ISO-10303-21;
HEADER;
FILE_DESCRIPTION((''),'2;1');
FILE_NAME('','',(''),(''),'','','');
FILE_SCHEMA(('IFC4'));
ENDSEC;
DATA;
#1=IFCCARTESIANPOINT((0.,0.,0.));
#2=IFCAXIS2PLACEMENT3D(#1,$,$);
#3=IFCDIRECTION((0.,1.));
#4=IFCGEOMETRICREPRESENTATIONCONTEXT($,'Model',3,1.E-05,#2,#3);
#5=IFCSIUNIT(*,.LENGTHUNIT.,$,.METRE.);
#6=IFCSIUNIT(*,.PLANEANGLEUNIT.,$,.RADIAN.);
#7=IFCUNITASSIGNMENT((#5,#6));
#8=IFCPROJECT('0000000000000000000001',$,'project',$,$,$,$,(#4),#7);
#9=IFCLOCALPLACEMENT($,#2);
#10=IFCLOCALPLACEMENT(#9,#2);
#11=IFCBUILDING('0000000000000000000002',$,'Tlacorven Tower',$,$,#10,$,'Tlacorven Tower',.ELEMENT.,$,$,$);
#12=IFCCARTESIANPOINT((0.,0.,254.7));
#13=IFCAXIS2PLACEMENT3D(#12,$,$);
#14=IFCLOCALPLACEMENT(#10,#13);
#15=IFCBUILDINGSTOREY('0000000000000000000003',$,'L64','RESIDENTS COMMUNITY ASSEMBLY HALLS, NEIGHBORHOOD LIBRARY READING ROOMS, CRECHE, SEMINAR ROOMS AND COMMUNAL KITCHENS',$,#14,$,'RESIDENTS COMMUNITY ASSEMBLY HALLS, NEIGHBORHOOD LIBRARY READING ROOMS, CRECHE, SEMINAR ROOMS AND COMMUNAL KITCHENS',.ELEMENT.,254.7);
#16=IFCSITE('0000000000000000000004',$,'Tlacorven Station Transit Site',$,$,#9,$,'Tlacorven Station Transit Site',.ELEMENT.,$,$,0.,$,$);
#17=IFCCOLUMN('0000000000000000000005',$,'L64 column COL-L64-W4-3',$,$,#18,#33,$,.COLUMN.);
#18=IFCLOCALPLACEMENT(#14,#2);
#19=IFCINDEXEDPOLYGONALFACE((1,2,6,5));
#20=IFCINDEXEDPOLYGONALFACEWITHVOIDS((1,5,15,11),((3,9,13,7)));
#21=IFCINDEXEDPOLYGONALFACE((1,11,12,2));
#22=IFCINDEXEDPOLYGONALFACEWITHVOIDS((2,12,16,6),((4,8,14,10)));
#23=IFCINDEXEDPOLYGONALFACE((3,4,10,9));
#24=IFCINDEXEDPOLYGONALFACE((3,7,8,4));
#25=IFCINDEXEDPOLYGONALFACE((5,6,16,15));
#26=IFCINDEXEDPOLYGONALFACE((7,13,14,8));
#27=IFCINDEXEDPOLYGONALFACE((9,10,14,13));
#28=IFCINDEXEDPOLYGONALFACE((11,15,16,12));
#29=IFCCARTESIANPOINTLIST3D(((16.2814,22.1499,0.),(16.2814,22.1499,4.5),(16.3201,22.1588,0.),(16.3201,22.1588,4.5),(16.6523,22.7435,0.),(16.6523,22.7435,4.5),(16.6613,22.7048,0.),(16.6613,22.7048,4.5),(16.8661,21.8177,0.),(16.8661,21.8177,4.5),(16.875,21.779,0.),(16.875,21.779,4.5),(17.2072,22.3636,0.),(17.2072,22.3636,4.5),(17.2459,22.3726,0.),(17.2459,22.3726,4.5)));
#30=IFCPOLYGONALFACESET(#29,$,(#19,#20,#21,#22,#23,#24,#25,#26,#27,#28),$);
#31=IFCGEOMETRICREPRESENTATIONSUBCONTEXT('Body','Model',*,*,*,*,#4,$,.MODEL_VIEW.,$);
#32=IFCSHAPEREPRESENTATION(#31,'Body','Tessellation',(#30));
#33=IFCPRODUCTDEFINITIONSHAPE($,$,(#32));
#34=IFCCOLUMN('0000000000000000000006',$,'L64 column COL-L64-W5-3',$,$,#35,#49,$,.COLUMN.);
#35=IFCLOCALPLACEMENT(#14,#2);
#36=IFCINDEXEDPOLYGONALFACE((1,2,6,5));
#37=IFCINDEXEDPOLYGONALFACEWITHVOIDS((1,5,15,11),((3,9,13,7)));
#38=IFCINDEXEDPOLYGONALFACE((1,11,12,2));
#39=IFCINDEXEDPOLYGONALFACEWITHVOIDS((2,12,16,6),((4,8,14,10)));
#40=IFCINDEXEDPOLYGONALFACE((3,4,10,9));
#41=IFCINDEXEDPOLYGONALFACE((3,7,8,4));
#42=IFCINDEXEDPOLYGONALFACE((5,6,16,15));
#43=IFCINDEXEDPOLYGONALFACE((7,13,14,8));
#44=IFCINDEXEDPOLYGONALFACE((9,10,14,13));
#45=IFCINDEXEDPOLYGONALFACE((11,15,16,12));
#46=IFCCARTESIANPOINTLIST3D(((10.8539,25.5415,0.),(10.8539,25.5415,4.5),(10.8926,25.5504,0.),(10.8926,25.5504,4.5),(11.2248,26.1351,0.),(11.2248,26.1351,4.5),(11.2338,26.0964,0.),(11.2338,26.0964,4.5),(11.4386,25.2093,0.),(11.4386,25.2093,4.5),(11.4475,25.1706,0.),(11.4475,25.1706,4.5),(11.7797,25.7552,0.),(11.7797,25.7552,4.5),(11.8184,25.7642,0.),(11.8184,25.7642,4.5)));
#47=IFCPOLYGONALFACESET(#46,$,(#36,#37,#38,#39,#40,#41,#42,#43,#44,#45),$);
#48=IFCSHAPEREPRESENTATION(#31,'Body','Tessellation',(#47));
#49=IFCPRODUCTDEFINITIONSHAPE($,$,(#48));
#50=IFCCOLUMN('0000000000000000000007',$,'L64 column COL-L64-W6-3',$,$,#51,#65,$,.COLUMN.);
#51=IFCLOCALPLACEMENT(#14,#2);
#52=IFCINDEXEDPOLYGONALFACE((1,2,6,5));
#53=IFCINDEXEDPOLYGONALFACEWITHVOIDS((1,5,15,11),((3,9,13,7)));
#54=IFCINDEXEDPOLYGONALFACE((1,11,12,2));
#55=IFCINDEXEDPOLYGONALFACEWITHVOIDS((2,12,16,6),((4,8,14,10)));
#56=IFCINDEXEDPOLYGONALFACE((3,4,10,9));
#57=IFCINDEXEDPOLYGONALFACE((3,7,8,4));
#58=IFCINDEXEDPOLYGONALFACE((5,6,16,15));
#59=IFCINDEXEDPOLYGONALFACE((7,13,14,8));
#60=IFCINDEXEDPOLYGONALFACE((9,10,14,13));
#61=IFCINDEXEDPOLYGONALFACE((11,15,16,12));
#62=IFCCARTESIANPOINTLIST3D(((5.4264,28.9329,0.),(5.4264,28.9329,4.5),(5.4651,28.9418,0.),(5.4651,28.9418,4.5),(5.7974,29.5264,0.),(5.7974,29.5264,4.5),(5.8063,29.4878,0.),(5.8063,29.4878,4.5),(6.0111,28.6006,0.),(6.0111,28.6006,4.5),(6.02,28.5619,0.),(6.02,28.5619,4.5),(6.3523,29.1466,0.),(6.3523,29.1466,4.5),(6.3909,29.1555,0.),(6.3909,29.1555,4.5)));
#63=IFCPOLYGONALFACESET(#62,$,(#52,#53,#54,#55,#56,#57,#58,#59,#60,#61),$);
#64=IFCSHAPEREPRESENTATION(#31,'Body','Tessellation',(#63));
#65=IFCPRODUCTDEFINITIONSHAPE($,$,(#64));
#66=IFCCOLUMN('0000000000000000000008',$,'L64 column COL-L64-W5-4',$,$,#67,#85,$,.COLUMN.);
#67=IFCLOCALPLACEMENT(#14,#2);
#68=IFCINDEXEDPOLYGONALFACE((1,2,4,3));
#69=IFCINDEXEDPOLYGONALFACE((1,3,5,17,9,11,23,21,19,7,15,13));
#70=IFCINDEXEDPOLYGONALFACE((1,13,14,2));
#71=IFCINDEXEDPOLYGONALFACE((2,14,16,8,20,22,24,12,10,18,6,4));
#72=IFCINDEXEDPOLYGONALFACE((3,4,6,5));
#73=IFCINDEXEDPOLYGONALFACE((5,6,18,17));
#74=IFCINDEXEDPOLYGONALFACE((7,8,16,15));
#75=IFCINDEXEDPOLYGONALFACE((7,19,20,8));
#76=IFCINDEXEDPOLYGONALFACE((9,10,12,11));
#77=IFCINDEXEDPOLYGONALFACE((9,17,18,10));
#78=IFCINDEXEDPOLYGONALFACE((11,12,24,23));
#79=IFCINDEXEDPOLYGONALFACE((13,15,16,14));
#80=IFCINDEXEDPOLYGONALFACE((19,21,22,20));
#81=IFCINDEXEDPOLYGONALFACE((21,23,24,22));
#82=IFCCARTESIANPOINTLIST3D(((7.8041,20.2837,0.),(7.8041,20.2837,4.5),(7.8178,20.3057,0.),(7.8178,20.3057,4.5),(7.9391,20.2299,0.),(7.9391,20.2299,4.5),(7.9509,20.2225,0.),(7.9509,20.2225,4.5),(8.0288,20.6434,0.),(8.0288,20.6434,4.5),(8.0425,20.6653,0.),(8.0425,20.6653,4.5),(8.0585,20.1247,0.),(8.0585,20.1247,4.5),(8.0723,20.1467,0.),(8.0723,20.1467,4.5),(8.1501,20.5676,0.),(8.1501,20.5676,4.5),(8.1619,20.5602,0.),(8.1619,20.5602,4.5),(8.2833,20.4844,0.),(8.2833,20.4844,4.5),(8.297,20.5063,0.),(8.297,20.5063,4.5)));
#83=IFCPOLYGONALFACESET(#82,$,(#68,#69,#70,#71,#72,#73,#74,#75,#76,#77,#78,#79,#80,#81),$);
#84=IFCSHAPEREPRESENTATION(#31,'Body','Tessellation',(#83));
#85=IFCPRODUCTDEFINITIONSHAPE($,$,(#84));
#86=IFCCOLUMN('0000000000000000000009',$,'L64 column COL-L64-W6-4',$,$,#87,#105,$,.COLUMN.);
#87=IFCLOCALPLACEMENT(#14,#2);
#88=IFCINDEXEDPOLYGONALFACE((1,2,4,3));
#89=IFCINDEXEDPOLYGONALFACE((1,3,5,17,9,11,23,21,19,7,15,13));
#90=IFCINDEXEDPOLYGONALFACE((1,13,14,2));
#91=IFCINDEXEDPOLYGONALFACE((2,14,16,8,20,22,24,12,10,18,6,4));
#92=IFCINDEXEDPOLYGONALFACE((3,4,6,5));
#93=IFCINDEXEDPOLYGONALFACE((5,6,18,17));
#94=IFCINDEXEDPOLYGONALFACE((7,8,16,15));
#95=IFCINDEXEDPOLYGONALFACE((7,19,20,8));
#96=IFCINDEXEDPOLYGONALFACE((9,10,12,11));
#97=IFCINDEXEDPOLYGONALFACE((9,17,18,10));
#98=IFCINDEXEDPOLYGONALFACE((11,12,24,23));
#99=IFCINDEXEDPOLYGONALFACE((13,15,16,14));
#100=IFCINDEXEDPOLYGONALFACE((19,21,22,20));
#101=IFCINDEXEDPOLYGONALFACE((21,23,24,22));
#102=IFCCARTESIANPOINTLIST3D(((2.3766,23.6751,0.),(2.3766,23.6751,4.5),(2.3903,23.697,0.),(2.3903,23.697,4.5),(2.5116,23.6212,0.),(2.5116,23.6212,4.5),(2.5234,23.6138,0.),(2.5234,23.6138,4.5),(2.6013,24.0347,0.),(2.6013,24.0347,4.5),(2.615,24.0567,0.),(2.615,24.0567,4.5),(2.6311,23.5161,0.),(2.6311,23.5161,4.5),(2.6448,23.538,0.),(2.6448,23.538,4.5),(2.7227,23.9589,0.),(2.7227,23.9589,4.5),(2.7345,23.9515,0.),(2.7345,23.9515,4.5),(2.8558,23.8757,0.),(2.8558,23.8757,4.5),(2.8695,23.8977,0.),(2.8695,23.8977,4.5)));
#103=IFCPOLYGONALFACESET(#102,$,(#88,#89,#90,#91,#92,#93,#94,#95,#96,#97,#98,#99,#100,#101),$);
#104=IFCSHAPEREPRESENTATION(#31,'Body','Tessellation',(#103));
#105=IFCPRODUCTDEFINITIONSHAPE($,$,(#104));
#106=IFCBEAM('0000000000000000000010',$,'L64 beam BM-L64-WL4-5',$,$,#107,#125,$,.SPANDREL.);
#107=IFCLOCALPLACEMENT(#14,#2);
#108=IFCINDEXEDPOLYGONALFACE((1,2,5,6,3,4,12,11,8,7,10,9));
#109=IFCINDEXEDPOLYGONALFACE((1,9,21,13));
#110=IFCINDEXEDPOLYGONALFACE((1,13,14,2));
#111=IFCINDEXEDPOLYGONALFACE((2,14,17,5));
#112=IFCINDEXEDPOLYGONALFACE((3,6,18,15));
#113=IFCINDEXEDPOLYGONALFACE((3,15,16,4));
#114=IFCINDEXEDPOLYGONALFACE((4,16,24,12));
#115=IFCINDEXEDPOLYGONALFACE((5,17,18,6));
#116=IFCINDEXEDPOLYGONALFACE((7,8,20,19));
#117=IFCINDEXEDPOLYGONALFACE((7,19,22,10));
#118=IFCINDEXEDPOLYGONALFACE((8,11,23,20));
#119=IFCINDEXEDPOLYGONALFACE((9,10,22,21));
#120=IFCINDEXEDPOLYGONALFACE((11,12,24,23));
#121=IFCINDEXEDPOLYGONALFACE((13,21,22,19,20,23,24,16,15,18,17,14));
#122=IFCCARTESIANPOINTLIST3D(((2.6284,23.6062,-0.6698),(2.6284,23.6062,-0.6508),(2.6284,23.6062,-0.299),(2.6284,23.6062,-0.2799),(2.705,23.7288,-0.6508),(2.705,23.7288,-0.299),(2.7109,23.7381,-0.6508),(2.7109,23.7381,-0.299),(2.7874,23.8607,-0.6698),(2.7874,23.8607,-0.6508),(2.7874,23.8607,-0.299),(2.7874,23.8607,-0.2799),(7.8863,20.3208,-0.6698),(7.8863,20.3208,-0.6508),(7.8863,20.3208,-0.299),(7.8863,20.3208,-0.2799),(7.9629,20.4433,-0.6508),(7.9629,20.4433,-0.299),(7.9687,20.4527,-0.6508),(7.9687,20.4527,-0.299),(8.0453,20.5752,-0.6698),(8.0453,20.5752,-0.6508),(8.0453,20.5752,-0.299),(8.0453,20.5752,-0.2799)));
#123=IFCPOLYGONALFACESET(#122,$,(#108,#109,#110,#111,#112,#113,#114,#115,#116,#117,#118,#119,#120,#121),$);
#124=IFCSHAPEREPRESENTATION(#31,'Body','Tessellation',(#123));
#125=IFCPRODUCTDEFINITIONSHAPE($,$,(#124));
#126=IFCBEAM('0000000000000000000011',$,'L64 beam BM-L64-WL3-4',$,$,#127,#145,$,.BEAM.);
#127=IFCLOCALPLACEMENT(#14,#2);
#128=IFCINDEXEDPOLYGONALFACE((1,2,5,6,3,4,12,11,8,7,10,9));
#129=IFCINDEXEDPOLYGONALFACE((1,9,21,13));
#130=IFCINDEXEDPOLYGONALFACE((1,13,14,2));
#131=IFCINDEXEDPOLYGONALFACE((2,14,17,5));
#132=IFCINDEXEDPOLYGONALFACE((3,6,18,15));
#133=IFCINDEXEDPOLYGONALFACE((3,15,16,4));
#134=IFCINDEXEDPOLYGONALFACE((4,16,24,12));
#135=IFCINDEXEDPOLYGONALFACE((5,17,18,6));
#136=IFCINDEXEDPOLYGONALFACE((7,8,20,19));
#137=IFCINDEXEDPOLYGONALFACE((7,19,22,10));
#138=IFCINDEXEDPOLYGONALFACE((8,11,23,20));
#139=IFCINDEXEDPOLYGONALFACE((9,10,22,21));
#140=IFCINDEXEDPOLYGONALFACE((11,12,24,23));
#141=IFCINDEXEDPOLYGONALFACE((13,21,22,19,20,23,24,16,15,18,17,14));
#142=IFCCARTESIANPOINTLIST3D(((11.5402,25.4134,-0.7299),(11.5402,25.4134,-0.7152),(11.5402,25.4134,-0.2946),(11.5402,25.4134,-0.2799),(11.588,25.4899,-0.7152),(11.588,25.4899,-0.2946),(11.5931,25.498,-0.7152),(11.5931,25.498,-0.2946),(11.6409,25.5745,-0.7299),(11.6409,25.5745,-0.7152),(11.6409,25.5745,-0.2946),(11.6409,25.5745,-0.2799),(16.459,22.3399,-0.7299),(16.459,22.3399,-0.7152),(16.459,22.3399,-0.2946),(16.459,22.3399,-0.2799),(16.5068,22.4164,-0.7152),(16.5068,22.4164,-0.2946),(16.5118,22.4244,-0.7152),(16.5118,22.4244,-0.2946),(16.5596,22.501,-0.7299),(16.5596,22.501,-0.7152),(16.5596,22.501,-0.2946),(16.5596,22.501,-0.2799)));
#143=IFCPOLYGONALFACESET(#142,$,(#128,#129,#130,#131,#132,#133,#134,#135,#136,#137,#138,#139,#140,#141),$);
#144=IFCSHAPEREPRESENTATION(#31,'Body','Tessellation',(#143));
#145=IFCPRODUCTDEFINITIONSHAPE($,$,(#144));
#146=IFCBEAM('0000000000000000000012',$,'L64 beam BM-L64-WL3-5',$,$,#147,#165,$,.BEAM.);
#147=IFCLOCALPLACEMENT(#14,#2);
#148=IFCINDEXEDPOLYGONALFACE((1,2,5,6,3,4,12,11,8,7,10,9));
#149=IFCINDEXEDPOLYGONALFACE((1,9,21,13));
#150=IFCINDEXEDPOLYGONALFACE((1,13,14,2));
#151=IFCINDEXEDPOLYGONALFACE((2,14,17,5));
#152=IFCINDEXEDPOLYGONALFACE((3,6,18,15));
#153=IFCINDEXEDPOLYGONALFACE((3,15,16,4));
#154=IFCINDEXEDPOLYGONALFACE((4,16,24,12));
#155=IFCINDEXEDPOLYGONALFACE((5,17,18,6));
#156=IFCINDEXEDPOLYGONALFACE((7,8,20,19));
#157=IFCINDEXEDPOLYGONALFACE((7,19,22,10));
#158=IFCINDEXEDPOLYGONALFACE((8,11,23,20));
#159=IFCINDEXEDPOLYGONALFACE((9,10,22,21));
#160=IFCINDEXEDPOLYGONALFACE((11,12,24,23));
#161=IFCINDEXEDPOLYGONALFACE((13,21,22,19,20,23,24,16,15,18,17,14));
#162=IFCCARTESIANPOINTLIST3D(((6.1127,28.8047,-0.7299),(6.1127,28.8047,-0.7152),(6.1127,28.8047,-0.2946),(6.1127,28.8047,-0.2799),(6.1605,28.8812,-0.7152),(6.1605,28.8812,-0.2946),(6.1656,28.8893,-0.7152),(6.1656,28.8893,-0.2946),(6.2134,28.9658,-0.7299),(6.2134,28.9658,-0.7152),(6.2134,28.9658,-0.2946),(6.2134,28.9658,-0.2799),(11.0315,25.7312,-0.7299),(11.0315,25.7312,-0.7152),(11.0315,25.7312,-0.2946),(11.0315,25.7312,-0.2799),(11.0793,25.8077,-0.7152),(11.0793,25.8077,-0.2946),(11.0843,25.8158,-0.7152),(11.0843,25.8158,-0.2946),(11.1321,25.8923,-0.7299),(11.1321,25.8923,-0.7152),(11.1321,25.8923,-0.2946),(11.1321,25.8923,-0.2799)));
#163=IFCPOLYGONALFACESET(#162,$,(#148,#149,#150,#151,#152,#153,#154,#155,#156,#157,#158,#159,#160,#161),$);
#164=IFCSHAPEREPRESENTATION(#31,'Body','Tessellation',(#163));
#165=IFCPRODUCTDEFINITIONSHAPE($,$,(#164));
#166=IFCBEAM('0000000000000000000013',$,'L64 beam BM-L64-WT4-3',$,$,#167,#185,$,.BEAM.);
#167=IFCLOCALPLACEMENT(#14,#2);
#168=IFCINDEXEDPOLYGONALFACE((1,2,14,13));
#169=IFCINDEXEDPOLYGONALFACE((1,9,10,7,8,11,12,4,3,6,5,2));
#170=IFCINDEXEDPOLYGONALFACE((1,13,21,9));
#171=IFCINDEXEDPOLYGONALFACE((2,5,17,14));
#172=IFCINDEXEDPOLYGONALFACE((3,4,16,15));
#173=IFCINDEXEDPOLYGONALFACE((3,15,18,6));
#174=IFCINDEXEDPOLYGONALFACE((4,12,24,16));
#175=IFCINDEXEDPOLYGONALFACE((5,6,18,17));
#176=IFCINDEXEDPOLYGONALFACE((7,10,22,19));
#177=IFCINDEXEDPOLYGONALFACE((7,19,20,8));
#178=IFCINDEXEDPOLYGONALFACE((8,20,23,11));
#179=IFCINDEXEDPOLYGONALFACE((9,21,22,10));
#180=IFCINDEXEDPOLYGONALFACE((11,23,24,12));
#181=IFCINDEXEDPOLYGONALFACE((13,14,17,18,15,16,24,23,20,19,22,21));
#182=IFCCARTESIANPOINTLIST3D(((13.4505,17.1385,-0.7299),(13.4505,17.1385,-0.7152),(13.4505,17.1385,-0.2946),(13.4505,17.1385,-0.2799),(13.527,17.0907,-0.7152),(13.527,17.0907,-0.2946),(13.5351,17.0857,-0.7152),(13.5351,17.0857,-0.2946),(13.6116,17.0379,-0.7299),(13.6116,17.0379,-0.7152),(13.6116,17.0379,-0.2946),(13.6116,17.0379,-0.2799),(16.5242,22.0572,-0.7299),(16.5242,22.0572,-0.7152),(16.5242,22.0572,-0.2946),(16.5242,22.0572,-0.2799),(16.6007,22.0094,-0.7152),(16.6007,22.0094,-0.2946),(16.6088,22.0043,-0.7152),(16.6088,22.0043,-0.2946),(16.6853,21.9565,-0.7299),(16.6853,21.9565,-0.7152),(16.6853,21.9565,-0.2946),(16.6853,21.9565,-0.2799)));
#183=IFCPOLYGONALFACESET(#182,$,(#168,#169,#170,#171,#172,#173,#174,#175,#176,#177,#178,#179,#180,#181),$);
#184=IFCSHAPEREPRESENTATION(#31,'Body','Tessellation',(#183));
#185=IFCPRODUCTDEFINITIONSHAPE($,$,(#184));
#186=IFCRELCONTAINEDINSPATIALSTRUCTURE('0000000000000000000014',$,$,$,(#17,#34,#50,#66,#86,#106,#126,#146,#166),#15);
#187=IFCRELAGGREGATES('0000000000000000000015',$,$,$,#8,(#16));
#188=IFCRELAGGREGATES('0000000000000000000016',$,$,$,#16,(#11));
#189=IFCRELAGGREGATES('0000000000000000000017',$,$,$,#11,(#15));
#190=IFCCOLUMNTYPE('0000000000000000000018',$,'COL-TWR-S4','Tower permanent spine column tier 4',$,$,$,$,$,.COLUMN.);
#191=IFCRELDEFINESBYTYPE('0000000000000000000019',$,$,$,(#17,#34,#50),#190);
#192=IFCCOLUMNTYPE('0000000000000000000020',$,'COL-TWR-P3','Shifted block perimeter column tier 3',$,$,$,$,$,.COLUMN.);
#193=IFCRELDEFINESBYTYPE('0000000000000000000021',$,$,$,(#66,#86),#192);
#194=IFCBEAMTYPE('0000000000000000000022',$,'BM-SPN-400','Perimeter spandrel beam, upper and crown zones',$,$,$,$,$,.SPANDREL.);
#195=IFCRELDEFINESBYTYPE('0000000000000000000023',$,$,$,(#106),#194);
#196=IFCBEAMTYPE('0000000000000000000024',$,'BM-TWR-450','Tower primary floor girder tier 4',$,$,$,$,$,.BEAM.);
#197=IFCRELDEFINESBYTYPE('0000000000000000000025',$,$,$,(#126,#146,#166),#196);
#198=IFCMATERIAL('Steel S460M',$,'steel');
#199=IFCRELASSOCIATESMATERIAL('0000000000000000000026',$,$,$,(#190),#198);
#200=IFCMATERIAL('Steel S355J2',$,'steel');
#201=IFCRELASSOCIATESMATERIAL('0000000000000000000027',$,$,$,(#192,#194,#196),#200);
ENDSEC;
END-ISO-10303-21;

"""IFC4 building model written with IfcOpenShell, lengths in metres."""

from ifc_helpers import new_model, si_unit, direction, frame, origin, origin_2d, place, context, subcontext, project, spatial, hollow_rectangle, i_section, extrude, source, transform, mapped, material, material_profile, profile_set, type_object, element, save


model = new_model("IFC4")

# Units and contexts
model_context = context("Model", 3, precision=1e-05, world=origin(), true_north=direction((0.0, 1.0)))
body_context = subcontext(model_context, "Body", "Model", "MODEL_VIEW")
ifc_project = project(units=[si_unit("LENGTHUNIT", "METRE"), si_unit("PLANEANGLEUNIT", "RADIAN")], contexts=[model_context])

# Site, building, storey
site_placement = place(None, origin())
site = spatial("IfcSite", under=ifc_project, at=site_placement, Name="Tlacorven Station Transit Site", LongName="Tlacorven Station Transit Site", CompositionType="ELEMENT", RefElevation=0.0)
building_placement = place(site_placement, origin())
building = spatial("IfcBuilding", under=site, at=building_placement, Name="Tlacorven Tower", LongName="Tlacorven Tower", CompositionType="ELEMENT")
storey_placement = place(building_placement, frame((0.0, 0.0, 254.7)))
storey = spatial("IfcBuildingStorey", under=building, at=storey_placement, Name="L64", Description="RESIDENTS COMMUNITY ASSEMBLY HALLS, NEIGHBORHOOD LIBRARY READING ROOMS, CRECHE, SEMINAR ROOMS AND COMMUNAL KITCHENS", LongName="RESIDENTS COMMUNITY ASSEMBLY HALLS, NEIGHBORHOOD LIBRARY READING ROOMS, CRECHE, SEMINAR ROOMS AND COMMUNAL KITCHENS", CompositionType="ELEMENT", Elevation=254.7)

# Columns
ifc_material_1 = material(Name="Steel S460M", Category="steel")
ifc_material_profile_1 = material_profile(ifc_material_1, hollow_rectangle(XDim=0.7, YDim=0.7, WallThickness=0.0281, at=origin_2d()), Name="BOX 700X700X28")
ifc_profile_set_1 = profile_set([ifc_material_profile_1], Name="Steel S460M")
column_type_1 = type_object("IfcColumnType", Name="COL-TWR-S4", Description="Tower permanent spine column tier 4", PredefinedType="COLUMN", material=ifc_profile_set_1)
shared_shape_1 = source(origin(), body_context, "Body", "SweptSolid", [
    extrude(hollow_rectangle(XDim=0.7, YDim=0.7, WallThickness=0.0281, at=origin_2d()), origin(), (0.0, 0.0, 1.0), 4.5),
])
for number, where, z_axis, x_axis, name in (
    (1, (16.7637, 22.2612, 0.0), (0.0, 0.0, 1.0), (-0.848048, 0.529919, 0.0), "L64 column COL-L64-W4-3"),
    (2, (11.3362, 25.6528, 0.0), (0.0, 0.0, 1.0), (-0.848048, 0.529919, 0.0), "L64 column COL-L64-W5-3"),
    (3, (5.9087, 29.0442, 0.0), (0.0, 0.0, 1.0), (-0.848048, 0.529919, 0.0), "L64 column COL-L64-W6-3"),
):
    element("IfcColumn", number, at=place(storey_placement, frame(where, z_axis=z_axis, x_axis=x_axis)), inside=storey, type_object=column_type_1, Name=name, PredefinedType="COLUMN", context=body_context, shape_type="MappedRepresentation", body=[
        mapped(shared_shape_1, transform((0.0, 0.0, 0.0), scale=1.0)),
    ])
ifc_material_2 = material(Name="Steel S355J2", Category="steel")
ifc_material_profile_2 = material_profile(ifc_material_2, i_section(OverallWidth=0.3, OverallDepth=0.45, WebThickness=0.0139, FlangeThickness=0.0259, at=origin_2d()), Name="HEB 450")
ifc_profile_set_2 = profile_set([ifc_material_profile_2], Name="Steel S355J2")
column_type_2 = type_object("IfcColumnType", Name="COL-TWR-P3", Description="Shifted block perimeter column tier 3", PredefinedType="COLUMN", material=ifc_profile_set_2)
shared_shape_2 = source(origin(), body_context, "Body", "SweptSolid", [
    extrude(i_section(OverallWidth=0.3, OverallDepth=0.45, WebThickness=0.0139, FlangeThickness=0.0259, at=origin_2d()), origin(), (0.0, 0.0, 1.0), 4.5),
])
for number, where, z_axis, x_axis, name in (
    (4, (8.0505, 20.395, 0.0), (0.0, 0.0, 1.0), (-0.848048, 0.529919, 0.0), "L64 column COL-L64-W5-4"),
    (5, (2.623, 23.7864, 0.0), (0.0, 0.0, 1.0), (-0.848048, 0.529919, 0.0), "L64 column COL-L64-W6-4"),
):
    element("IfcColumn", number, at=place(storey_placement, frame(where, z_axis=z_axis, x_axis=x_axis)), inside=storey, type_object=column_type_2, Name=name, PredefinedType="COLUMN", context=body_context, shape_type="MappedRepresentation", body=[
        mapped(shared_shape_2, transform((0.0, 0.0, 0.0), scale=1.0)),
    ])

# Beams
ifc_material_profile_3 = material_profile(ifc_material_2, i_section(OverallWidth=0.3, OverallDepth=0.3899, WebThickness=0.011, FlangeThickness=0.019, at=origin_2d()), Name="HEA 400")
ifc_profile_set_3 = profile_set([ifc_material_profile_3], Name="Steel S355J2")
beam_type_1 = type_object("IfcBeamType", Name="BM-SPN-400", Description="Perimeter spandrel beam, upper and crown zones", PredefinedType="SPANDREL", material=ifc_profile_set_3)
shared_shape_3 = source(origin(), body_context, "Body", "SweptSolid", [
    extrude(i_section(OverallWidth=0.3, OverallDepth=0.3899, WebThickness=0.011, FlangeThickness=0.019, at=origin_2d()), origin(), (0.0, 0.0, 1.0), 6.2),
])
beam_1_placement = place(storey_placement, frame((7.9658, 20.448, -0.4749), z_axis=(-0.848051, 0.529914, 0.0), x_axis=(-0.529914, -0.848051, 0.0)))
element("IfcBeam", 6, at=beam_1_placement, inside=storey, type_object=beam_type_1, Name="L64 beam BM-L64-WL4-5", PredefinedType="SPANDREL", context=body_context, shape_type="MappedRepresentation", body=[
    mapped(shared_shape_3, transform((0.0, 0.0, 0.0), scale=1.0)),
])
ifc_material_profile_4 = material_profile(ifc_material_2, i_section(OverallWidth=0.1899, OverallDepth=0.45, WebThickness=0.0095, FlangeThickness=0.0146, at=origin_2d()), Name="IPE 450")
ifc_profile_set_4 = profile_set([ifc_material_profile_4], Name="Steel S355J2")
beam_type_2 = type_object("IfcBeamType", Name="BM-TWR-450", Description="Tower primary floor girder tier 4", PredefinedType="BEAM", material=ifc_profile_set_4)
shared_shape_4 = source(origin(), body_context, "Body", "SweptSolid", [
    extrude(i_section(OverallWidth=0.1899, OverallDepth=0.45, WebThickness=0.0095, FlangeThickness=0.0146, at=origin_2d()), origin(), (0.0, 0.0, 1.0), 5.8),
])
for number, where, z_axis, x_axis, name in (
    (7, (16.5093, 22.4204, -0.5049), (-0.848053, 0.529912, 0.0), (-0.529912, -0.848053, 0.0), "L64 beam BM-L64-WL3-4"),
    (8, (11.0818, 25.8118, -0.5049), (-0.848053, 0.529912, 0.0), (-0.529912, -0.848053, 0.0), "L64 beam BM-L64-WL3-5"),
    (9, (16.6047, 22.0068, -0.5049), (-0.529942, -0.848034, 0.0), (0.848034, -0.529942, 0.0), "L64 beam BM-L64-WT4-3"),
):
    element("IfcBeam", number, at=place(storey_placement, frame(where, z_axis=z_axis, x_axis=x_axis)), inside=storey, type_object=beam_type_2, Name=name, PredefinedType="BEAM", context=body_context, shape_type="MappedRepresentation", body=[
        mapped(shared_shape_4, transform((0.0, 0.0, 0.0), scale=1.0)),
    ])

save(model, "model.ifc")
